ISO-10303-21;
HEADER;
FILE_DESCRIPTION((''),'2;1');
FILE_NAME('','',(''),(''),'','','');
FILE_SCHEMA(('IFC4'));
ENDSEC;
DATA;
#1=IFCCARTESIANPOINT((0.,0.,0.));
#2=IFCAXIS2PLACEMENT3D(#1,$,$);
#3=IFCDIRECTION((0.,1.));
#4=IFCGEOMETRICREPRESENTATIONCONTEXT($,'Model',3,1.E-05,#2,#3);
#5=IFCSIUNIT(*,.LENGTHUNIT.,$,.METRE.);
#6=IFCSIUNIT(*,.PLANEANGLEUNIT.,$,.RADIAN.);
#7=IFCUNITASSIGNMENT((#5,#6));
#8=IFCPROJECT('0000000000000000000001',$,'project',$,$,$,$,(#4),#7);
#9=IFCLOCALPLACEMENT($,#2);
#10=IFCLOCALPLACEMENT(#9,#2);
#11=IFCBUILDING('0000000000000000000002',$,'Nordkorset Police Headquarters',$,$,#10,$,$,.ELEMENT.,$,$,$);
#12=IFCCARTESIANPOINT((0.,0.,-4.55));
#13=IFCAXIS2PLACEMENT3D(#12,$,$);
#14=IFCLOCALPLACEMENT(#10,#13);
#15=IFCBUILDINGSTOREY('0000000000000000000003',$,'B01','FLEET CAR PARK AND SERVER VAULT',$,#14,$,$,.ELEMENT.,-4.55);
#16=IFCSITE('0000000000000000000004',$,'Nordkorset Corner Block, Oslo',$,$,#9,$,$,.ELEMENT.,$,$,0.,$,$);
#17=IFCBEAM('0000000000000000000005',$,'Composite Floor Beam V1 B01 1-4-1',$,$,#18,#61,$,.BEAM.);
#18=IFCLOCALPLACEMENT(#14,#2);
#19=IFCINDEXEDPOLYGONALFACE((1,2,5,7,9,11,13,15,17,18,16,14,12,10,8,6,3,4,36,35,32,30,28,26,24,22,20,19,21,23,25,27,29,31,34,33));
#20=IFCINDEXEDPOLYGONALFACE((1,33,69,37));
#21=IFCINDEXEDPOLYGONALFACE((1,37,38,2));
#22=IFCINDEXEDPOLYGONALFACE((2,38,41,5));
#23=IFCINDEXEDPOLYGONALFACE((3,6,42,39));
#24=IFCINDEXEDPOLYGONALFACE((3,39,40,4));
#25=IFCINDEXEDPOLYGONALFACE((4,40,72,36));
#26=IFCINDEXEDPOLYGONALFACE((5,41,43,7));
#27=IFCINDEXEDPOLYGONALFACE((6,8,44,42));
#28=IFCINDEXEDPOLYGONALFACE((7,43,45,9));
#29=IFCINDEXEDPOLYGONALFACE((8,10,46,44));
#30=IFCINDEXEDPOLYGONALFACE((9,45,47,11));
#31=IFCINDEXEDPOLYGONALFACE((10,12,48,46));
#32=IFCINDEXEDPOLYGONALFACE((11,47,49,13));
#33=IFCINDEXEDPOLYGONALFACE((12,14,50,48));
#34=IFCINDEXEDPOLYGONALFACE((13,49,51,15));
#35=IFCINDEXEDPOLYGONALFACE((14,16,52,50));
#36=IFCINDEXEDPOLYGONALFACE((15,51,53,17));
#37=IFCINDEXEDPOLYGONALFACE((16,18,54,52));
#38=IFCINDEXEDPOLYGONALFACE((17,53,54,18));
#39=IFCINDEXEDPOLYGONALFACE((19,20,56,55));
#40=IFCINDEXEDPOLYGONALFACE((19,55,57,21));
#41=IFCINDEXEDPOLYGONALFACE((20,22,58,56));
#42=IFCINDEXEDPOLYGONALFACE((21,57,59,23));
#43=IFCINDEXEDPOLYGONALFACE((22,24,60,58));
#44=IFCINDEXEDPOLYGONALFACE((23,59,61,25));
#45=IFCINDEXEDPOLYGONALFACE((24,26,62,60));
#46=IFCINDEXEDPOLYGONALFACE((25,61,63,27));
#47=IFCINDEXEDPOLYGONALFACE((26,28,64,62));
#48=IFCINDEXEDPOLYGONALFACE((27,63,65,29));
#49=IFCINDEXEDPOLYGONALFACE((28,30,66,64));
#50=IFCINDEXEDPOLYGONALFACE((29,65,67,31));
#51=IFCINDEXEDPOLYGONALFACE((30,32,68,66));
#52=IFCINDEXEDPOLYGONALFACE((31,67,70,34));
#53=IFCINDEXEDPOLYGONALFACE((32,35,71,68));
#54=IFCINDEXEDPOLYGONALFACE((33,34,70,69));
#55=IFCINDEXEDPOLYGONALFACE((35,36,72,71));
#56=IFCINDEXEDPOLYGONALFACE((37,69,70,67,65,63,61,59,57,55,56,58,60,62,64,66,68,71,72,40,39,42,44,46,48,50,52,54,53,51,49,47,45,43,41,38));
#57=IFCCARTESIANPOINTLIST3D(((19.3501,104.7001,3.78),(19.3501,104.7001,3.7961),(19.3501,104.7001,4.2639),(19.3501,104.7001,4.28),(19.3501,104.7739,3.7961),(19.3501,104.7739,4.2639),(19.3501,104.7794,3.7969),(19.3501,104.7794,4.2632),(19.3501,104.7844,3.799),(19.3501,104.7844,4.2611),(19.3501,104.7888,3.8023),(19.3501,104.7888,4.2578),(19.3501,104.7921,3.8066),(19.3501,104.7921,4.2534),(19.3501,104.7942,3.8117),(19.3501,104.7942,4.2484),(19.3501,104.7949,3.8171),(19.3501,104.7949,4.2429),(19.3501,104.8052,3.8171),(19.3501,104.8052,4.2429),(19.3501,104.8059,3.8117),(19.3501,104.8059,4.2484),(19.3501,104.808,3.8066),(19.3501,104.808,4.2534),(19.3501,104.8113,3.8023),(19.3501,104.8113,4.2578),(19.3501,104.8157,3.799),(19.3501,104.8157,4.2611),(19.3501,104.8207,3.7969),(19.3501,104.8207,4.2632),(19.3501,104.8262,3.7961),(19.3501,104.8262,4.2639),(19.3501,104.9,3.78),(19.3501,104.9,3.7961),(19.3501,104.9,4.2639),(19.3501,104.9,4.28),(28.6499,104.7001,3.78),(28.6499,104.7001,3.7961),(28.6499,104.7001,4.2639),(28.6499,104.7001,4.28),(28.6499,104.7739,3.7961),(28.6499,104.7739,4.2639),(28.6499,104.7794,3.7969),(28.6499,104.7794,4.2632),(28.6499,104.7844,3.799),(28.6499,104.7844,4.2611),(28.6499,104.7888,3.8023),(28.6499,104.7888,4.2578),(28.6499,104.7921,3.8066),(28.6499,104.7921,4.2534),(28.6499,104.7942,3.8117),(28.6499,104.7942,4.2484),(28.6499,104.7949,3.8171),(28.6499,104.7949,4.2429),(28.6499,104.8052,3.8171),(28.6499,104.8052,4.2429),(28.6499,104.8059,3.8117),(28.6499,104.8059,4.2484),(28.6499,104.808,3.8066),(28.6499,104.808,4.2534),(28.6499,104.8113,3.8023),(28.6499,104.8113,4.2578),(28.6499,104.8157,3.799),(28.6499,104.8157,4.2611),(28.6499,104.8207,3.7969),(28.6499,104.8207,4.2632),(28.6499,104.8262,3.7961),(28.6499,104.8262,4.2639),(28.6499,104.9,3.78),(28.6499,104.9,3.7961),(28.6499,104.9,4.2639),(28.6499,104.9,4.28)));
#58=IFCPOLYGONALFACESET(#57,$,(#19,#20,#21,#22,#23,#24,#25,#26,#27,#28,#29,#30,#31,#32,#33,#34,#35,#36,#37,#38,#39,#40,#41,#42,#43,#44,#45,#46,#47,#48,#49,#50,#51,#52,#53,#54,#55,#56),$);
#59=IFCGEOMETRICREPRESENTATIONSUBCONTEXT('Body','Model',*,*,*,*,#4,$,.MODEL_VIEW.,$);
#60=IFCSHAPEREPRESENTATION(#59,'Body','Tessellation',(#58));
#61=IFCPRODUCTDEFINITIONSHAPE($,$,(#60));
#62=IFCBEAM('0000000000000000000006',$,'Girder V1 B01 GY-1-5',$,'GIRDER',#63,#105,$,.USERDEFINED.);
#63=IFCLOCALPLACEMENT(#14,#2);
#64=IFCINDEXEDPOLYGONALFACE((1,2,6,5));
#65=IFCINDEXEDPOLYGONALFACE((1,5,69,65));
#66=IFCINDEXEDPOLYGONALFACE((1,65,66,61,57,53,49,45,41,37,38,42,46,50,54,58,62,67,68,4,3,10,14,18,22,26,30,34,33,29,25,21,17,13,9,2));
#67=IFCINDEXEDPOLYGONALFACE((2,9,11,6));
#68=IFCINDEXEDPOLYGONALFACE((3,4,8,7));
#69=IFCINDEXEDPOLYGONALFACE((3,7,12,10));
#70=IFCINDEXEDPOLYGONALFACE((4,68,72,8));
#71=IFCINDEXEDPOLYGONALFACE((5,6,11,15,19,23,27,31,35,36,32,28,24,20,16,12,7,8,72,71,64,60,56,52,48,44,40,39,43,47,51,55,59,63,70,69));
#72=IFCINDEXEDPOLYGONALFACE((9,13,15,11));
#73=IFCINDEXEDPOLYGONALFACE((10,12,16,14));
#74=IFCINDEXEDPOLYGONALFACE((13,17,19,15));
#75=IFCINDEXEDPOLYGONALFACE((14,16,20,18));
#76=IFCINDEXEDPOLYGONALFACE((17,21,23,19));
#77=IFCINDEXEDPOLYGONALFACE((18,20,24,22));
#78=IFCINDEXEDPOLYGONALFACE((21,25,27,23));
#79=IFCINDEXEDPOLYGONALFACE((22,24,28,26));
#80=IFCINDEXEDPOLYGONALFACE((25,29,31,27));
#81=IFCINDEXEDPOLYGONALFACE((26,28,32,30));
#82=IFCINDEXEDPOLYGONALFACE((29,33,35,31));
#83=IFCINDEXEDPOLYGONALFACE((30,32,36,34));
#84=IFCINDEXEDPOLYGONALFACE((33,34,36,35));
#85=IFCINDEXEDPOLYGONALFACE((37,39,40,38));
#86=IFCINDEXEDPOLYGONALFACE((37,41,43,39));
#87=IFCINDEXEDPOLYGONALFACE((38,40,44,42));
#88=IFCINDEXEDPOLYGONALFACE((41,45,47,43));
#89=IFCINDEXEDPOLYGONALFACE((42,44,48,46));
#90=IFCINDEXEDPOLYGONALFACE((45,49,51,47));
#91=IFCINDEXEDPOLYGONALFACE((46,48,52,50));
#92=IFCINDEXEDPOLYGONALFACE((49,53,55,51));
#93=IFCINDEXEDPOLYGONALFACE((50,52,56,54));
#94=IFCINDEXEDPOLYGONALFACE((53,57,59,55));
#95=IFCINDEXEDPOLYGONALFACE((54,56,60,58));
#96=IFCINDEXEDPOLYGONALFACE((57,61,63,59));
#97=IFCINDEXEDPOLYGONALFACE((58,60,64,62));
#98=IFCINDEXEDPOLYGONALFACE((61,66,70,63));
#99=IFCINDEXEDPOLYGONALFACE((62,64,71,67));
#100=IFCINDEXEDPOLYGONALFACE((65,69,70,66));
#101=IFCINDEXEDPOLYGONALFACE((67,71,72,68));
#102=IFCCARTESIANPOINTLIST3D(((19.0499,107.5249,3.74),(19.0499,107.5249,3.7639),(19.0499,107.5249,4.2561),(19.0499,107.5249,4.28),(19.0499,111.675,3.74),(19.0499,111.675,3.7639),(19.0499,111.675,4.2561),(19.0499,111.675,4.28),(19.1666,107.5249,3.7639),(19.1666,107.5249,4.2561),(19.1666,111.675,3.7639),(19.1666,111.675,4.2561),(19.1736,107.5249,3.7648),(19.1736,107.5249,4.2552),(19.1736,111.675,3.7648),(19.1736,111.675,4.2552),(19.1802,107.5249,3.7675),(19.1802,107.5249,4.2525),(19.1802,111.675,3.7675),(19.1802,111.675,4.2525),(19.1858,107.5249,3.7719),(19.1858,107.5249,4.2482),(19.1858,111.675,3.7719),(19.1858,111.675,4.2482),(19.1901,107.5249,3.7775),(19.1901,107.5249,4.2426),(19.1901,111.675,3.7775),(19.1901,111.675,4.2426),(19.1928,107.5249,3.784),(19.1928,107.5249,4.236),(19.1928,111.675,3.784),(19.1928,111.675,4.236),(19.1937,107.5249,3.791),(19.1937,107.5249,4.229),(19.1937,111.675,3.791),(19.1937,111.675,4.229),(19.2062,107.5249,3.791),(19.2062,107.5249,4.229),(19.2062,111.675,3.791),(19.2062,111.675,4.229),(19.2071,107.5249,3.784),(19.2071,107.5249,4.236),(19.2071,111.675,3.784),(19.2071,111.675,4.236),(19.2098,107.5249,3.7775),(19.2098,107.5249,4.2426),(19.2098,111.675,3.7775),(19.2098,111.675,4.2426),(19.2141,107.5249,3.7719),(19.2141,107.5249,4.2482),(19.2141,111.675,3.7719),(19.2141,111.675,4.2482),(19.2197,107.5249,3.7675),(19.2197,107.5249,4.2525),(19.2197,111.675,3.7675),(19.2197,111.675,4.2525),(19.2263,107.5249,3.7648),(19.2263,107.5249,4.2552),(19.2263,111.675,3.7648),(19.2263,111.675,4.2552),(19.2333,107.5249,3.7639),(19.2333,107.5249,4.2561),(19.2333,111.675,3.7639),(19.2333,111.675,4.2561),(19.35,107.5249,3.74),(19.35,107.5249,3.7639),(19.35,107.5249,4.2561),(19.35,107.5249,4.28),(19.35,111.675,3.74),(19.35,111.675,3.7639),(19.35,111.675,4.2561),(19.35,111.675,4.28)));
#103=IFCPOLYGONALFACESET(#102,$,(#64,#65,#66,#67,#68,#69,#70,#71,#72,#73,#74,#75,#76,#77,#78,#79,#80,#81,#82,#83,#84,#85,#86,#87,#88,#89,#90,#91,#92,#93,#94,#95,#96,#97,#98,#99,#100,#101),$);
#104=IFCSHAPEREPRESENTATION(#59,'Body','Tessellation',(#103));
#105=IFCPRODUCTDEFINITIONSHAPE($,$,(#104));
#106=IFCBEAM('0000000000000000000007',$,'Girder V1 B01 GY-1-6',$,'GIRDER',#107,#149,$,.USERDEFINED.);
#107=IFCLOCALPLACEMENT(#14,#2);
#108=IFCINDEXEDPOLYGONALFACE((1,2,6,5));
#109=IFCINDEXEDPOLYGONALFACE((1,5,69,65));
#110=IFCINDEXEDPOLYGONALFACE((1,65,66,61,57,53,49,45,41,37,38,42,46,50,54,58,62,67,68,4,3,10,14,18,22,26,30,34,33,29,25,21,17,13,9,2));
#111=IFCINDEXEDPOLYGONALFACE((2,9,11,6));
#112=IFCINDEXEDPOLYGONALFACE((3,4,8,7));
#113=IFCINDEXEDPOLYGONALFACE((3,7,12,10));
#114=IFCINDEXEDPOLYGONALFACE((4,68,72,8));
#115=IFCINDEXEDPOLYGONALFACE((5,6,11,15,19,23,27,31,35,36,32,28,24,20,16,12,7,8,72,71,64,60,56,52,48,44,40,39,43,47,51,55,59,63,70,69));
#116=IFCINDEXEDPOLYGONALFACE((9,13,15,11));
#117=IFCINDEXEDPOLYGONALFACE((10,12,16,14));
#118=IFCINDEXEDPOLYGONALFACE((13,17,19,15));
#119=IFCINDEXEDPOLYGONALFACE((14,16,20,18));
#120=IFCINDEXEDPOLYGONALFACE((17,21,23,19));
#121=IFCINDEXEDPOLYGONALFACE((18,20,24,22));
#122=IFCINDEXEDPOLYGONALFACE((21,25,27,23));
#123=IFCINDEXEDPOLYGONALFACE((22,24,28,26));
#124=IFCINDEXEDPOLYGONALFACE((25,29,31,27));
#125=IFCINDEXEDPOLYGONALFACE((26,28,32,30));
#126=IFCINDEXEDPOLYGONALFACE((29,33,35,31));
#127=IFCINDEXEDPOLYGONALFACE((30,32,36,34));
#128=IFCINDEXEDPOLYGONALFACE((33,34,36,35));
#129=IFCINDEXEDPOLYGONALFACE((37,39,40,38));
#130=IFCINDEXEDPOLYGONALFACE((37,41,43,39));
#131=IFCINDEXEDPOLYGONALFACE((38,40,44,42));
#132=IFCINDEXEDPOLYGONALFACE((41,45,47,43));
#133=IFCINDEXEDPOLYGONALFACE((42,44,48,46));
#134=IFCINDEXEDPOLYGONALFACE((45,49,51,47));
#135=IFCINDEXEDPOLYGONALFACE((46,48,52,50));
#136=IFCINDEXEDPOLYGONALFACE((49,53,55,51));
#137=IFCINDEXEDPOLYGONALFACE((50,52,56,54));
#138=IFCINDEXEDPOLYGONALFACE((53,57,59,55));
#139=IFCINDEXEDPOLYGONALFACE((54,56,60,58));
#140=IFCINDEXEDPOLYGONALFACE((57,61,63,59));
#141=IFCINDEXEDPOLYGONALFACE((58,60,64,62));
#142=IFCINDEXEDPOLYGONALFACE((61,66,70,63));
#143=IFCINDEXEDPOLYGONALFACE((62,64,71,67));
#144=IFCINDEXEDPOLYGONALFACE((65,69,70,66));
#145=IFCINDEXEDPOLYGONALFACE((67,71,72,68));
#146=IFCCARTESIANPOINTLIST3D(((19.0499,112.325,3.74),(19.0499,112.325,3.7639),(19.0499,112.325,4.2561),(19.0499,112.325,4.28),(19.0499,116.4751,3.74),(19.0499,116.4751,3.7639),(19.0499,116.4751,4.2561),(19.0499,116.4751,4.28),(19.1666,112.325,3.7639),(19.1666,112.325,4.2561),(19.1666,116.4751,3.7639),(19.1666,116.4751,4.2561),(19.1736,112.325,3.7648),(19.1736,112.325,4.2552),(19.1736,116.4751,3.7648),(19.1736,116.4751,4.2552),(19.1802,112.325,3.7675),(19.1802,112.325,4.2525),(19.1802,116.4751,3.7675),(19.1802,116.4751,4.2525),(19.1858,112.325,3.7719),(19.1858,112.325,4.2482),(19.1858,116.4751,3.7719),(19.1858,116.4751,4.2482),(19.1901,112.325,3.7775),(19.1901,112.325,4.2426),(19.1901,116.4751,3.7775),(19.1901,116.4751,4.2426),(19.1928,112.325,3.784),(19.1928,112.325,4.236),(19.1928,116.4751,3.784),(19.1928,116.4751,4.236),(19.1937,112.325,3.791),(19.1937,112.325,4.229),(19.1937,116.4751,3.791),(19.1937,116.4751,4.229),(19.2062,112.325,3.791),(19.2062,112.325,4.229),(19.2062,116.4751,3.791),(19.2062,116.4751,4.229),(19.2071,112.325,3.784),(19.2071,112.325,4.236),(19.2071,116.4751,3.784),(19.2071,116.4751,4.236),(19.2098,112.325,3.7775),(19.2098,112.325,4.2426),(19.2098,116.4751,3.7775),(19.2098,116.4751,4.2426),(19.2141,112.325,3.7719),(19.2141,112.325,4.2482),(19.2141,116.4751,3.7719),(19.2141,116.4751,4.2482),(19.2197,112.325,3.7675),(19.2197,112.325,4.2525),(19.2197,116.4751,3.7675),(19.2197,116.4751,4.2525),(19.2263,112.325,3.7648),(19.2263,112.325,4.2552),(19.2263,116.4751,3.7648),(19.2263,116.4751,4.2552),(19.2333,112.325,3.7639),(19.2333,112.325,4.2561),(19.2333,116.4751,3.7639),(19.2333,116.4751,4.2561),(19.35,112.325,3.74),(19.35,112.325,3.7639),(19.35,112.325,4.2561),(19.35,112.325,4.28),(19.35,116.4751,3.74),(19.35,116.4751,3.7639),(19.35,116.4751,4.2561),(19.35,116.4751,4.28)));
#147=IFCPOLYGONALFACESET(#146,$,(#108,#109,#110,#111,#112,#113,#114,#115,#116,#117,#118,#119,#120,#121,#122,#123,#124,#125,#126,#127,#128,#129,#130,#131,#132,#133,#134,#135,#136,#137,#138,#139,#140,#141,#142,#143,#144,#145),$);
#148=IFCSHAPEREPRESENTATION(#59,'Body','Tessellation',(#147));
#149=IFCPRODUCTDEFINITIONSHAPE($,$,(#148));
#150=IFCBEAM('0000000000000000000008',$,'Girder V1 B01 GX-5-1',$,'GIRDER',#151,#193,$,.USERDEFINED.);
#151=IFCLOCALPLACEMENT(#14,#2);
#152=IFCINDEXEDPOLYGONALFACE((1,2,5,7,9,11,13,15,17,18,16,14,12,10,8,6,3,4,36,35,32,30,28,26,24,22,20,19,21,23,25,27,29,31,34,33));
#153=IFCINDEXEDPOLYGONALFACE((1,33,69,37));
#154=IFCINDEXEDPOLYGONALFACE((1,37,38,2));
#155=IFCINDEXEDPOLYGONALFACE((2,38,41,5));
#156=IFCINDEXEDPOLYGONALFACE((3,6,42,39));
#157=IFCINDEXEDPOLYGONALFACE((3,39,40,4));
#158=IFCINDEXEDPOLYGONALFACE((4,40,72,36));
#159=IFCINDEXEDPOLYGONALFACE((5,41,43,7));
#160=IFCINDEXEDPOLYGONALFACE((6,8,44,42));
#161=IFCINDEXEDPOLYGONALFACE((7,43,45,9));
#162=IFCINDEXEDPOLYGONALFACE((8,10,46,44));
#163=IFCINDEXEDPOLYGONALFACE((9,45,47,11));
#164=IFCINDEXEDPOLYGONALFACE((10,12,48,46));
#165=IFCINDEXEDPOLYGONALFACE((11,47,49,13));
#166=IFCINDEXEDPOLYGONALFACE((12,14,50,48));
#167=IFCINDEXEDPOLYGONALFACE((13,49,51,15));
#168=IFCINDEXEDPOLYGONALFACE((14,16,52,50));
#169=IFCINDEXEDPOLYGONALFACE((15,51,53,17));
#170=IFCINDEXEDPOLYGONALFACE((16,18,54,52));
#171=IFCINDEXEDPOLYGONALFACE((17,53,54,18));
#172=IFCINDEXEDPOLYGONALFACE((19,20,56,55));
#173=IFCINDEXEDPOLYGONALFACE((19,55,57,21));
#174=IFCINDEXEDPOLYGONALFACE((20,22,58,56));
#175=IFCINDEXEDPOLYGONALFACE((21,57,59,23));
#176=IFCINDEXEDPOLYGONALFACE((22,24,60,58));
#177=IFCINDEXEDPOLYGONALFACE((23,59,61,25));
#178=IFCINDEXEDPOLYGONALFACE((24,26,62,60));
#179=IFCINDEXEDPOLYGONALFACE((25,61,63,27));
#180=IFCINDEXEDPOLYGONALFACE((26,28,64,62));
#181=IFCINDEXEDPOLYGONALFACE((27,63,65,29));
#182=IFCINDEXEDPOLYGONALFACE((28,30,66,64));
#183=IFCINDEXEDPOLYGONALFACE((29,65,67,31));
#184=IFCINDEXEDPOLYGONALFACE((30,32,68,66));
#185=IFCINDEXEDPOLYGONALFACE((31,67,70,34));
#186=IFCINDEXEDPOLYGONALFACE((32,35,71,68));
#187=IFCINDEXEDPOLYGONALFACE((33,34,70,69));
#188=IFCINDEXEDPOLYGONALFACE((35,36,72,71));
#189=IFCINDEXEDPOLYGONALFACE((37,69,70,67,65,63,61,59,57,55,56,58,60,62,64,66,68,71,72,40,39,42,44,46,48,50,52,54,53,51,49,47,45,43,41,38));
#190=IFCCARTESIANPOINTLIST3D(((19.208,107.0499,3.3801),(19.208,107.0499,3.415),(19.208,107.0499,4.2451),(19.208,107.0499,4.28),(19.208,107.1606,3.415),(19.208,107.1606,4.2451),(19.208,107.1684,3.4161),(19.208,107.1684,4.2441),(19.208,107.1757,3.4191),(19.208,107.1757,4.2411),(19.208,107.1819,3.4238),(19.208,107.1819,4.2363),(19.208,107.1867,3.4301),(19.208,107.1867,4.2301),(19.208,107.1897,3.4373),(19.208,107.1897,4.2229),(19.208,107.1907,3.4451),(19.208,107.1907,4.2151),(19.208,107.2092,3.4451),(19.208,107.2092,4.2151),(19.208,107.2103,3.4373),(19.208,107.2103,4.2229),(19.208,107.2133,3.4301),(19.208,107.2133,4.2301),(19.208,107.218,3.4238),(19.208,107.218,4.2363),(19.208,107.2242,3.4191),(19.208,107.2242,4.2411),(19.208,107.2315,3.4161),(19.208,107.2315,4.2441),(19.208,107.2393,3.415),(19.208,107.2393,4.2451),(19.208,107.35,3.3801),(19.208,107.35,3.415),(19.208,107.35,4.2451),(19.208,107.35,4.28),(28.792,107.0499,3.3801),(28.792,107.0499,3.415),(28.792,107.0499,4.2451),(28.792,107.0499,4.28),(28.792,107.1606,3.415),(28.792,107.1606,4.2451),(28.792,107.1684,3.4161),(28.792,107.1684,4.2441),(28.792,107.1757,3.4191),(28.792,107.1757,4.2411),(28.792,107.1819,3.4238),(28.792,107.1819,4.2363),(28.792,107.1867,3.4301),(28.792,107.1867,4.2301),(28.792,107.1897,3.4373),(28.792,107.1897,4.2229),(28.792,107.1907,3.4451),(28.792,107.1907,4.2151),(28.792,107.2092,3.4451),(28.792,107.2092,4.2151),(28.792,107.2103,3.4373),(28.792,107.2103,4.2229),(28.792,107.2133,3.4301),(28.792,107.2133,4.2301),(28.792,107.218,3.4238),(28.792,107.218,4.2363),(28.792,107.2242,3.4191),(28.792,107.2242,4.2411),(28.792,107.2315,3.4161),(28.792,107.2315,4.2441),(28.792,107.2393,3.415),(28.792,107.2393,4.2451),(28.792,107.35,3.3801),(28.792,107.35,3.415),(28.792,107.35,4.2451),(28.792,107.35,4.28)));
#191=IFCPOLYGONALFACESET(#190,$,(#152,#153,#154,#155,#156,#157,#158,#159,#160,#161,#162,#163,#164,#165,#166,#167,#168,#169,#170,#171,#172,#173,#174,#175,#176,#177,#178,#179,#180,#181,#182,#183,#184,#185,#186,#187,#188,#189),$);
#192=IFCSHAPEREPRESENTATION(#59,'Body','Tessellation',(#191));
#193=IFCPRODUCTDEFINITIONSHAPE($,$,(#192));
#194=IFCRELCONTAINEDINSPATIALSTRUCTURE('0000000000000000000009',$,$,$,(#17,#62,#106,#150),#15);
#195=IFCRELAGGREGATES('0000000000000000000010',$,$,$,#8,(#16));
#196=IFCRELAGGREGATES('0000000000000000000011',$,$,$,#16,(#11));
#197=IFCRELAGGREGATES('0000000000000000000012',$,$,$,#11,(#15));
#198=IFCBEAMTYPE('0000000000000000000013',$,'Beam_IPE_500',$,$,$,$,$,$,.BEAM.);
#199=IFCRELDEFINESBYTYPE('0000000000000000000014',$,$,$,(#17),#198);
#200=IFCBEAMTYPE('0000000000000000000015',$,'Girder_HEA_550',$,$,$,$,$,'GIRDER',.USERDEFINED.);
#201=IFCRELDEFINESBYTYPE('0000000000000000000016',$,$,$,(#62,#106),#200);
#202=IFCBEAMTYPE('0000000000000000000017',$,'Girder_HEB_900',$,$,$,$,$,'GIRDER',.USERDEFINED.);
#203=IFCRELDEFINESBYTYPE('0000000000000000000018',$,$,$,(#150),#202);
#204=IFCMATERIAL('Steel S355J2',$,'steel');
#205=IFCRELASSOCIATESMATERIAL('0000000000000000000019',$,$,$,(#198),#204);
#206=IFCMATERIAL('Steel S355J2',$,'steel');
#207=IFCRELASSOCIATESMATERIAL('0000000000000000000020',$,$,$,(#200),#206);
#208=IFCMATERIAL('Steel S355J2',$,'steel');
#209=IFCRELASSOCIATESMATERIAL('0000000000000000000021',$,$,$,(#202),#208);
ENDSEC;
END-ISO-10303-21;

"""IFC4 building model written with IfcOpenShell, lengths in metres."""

from ifc_helpers import new_model, si_unit, direction, frame, origin, origin_2d, place, context, subcontext, project, spatial, i_section, extrude, material, material_profile, profile_set, type_object, element, save


model = new_model("IFC4")

# Units and contexts
model_context = context("Model", 3, precision=1e-05, world=origin(), true_north=direction((0.0, 1.0)))
body_context = subcontext(model_context, "Body", "Model", "MODEL_VIEW")
ifc_project = project(units=[si_unit("LENGTHUNIT", "METRE"), si_unit("PLANEANGLEUNIT", "RADIAN")], contexts=[model_context])

# Site, building, storey
site_placement = place(None, origin())
site = spatial("IfcSite", under=ifc_project, at=site_placement, Name="Nordkorset Corner Block, Oslo", CompositionType="ELEMENT", RefElevation=0.0)
building_placement = place(site_placement, origin())
building = spatial("IfcBuilding", under=site, at=building_placement, Name="Nordkorset Police Headquarters", CompositionType="ELEMENT")
storey_placement = place(building_placement, frame((0.0, 0.0, -4.55)))
storey = spatial("IfcBuildingStorey", under=building, at=storey_placement, Name="B01", Description="FLEET CAR PARK AND SERVER VAULT", CompositionType="ELEMENT", Elevation=-4.55)

# Beams
ifc_material_1 = material(Name="Steel S355J2", Category="steel")
ifc_material_profile_1 = material_profile(ifc_material_1, i_section(OverallWidth=0.2, OverallDepth=0.5, WebThickness=0.0103, FlangeThickness=0.0161, FilletRadius=0.021, at=origin_2d()), Name="IPE 500")
ifc_profile_set_1 = profile_set([ifc_material_profile_1], Name="Steel S355J2")
beam_type_1 = type_object("IfcBeamType", Name="Beam_IPE_500", PredefinedType="BEAM", material=ifc_profile_set_1)
beam_1_placement = place(storey_placement, frame((19.3501, 104.8, 4.03), z_axis=(1.0, 0.0, 0.0), x_axis=(0.0, 1.0, 0.0)))
element("IfcBeam", 1, at=beam_1_placement, inside=storey, type_object=beam_type_1, Name="Composite Floor Beam V1 B01 1-4-1", PredefinedType="BEAM", context=body_context, shape_type="SweptSolid", body=[
    extrude(i_section(OverallWidth=0.2, OverallDepth=0.5, WebThickness=0.0103, FlangeThickness=0.0161, FilletRadius=0.021, at=origin_2d()), origin(), (0.0, 0.0, 1.0), 9.2998),
])
ifc_material_2 = material(Name="Steel S355J2", Category="steel")
ifc_material_profile_2 = material_profile(ifc_material_2, i_section(OverallWidth=0.3, OverallDepth=0.54, WebThickness=0.0125, FlangeThickness=0.0239, FilletRadius=0.0271, at=origin_2d()), Name="HEA 550")
ifc_profile_set_2 = profile_set([ifc_material_profile_2], Name="Steel S355J2")
beam_type_2 = type_object("IfcBeamType", Name="Girder_HEA_550", ElementType="GIRDER", PredefinedType="USERDEFINED", material=ifc_profile_set_2)
for number, where, z_axis, x_axis, name in (
    (2, (19.2, 107.5249, 4.01), (0.0, 1.0, 0.0), (-1.0, 0.0, 0.0), "Girder V1 B01 GY-1-5"),
    (3, (19.2, 112.325, 4.01), (0.0, 1.0, 0.0), (-1.0, 0.0, 0.0), "Girder V1 B01 GY-1-6"),
):
    element("IfcBeam", number, at=place(storey_placement, frame(where, z_axis=z_axis, x_axis=x_axis)), inside=storey, type_object=beam_type_2, Name=name, ObjectType="GIRDER", PredefinedType="USERDEFINED", context=body_context, shape_type="SweptSolid", body=[
        extrude(i_section(OverallWidth=0.3, OverallDepth=0.54, WebThickness=0.0125, FlangeThickness=0.0239, FilletRadius=0.0271, at=origin_2d()), origin(), (0.0, 0.0, 1.0), 4.1501),
    ])
ifc_material_3 = material(Name="Steel S355J2", Category="steel")
ifc_material_profile_3 = material_profile(ifc_material_3, i_section(OverallWidth=0.3, OverallDepth=0.8999, WebThickness=0.0186, FlangeThickness=0.0349, FilletRadius=0.03, at=origin_2d()), Name="HEB 900")
ifc_profile_set_3 = profile_set([ifc_material_profile_3], Name="Steel S355J2")
beam_type_3 = type_object("IfcBeamType", Name="Girder_HEB_900", ElementType="GIRDER", PredefinedType="USERDEFINED", material=ifc_profile_set_3)
beam_2_placement = place(storey_placement, frame((19.208, 107.2, 3.8301), z_axis=(1.0, 0.0, 0.0), x_axis=(0.0, 1.0, 0.0)))
element("IfcBeam", 4, at=beam_2_placement, inside=storey, type_object=beam_type_3, Name="Girder V1 B01 GX-5-1", ObjectType="GIRDER", PredefinedType="USERDEFINED", context=body_context, shape_type="SweptSolid", body=[
    extrude(i_section(OverallWidth=0.3, OverallDepth=0.8999, WebThickness=0.0186, FlangeThickness=0.0349, FilletRadius=0.03, at=origin_2d()), origin(), (0.0, 0.0, 1.0), 9.584),
])

save(model, "model.ifc")
